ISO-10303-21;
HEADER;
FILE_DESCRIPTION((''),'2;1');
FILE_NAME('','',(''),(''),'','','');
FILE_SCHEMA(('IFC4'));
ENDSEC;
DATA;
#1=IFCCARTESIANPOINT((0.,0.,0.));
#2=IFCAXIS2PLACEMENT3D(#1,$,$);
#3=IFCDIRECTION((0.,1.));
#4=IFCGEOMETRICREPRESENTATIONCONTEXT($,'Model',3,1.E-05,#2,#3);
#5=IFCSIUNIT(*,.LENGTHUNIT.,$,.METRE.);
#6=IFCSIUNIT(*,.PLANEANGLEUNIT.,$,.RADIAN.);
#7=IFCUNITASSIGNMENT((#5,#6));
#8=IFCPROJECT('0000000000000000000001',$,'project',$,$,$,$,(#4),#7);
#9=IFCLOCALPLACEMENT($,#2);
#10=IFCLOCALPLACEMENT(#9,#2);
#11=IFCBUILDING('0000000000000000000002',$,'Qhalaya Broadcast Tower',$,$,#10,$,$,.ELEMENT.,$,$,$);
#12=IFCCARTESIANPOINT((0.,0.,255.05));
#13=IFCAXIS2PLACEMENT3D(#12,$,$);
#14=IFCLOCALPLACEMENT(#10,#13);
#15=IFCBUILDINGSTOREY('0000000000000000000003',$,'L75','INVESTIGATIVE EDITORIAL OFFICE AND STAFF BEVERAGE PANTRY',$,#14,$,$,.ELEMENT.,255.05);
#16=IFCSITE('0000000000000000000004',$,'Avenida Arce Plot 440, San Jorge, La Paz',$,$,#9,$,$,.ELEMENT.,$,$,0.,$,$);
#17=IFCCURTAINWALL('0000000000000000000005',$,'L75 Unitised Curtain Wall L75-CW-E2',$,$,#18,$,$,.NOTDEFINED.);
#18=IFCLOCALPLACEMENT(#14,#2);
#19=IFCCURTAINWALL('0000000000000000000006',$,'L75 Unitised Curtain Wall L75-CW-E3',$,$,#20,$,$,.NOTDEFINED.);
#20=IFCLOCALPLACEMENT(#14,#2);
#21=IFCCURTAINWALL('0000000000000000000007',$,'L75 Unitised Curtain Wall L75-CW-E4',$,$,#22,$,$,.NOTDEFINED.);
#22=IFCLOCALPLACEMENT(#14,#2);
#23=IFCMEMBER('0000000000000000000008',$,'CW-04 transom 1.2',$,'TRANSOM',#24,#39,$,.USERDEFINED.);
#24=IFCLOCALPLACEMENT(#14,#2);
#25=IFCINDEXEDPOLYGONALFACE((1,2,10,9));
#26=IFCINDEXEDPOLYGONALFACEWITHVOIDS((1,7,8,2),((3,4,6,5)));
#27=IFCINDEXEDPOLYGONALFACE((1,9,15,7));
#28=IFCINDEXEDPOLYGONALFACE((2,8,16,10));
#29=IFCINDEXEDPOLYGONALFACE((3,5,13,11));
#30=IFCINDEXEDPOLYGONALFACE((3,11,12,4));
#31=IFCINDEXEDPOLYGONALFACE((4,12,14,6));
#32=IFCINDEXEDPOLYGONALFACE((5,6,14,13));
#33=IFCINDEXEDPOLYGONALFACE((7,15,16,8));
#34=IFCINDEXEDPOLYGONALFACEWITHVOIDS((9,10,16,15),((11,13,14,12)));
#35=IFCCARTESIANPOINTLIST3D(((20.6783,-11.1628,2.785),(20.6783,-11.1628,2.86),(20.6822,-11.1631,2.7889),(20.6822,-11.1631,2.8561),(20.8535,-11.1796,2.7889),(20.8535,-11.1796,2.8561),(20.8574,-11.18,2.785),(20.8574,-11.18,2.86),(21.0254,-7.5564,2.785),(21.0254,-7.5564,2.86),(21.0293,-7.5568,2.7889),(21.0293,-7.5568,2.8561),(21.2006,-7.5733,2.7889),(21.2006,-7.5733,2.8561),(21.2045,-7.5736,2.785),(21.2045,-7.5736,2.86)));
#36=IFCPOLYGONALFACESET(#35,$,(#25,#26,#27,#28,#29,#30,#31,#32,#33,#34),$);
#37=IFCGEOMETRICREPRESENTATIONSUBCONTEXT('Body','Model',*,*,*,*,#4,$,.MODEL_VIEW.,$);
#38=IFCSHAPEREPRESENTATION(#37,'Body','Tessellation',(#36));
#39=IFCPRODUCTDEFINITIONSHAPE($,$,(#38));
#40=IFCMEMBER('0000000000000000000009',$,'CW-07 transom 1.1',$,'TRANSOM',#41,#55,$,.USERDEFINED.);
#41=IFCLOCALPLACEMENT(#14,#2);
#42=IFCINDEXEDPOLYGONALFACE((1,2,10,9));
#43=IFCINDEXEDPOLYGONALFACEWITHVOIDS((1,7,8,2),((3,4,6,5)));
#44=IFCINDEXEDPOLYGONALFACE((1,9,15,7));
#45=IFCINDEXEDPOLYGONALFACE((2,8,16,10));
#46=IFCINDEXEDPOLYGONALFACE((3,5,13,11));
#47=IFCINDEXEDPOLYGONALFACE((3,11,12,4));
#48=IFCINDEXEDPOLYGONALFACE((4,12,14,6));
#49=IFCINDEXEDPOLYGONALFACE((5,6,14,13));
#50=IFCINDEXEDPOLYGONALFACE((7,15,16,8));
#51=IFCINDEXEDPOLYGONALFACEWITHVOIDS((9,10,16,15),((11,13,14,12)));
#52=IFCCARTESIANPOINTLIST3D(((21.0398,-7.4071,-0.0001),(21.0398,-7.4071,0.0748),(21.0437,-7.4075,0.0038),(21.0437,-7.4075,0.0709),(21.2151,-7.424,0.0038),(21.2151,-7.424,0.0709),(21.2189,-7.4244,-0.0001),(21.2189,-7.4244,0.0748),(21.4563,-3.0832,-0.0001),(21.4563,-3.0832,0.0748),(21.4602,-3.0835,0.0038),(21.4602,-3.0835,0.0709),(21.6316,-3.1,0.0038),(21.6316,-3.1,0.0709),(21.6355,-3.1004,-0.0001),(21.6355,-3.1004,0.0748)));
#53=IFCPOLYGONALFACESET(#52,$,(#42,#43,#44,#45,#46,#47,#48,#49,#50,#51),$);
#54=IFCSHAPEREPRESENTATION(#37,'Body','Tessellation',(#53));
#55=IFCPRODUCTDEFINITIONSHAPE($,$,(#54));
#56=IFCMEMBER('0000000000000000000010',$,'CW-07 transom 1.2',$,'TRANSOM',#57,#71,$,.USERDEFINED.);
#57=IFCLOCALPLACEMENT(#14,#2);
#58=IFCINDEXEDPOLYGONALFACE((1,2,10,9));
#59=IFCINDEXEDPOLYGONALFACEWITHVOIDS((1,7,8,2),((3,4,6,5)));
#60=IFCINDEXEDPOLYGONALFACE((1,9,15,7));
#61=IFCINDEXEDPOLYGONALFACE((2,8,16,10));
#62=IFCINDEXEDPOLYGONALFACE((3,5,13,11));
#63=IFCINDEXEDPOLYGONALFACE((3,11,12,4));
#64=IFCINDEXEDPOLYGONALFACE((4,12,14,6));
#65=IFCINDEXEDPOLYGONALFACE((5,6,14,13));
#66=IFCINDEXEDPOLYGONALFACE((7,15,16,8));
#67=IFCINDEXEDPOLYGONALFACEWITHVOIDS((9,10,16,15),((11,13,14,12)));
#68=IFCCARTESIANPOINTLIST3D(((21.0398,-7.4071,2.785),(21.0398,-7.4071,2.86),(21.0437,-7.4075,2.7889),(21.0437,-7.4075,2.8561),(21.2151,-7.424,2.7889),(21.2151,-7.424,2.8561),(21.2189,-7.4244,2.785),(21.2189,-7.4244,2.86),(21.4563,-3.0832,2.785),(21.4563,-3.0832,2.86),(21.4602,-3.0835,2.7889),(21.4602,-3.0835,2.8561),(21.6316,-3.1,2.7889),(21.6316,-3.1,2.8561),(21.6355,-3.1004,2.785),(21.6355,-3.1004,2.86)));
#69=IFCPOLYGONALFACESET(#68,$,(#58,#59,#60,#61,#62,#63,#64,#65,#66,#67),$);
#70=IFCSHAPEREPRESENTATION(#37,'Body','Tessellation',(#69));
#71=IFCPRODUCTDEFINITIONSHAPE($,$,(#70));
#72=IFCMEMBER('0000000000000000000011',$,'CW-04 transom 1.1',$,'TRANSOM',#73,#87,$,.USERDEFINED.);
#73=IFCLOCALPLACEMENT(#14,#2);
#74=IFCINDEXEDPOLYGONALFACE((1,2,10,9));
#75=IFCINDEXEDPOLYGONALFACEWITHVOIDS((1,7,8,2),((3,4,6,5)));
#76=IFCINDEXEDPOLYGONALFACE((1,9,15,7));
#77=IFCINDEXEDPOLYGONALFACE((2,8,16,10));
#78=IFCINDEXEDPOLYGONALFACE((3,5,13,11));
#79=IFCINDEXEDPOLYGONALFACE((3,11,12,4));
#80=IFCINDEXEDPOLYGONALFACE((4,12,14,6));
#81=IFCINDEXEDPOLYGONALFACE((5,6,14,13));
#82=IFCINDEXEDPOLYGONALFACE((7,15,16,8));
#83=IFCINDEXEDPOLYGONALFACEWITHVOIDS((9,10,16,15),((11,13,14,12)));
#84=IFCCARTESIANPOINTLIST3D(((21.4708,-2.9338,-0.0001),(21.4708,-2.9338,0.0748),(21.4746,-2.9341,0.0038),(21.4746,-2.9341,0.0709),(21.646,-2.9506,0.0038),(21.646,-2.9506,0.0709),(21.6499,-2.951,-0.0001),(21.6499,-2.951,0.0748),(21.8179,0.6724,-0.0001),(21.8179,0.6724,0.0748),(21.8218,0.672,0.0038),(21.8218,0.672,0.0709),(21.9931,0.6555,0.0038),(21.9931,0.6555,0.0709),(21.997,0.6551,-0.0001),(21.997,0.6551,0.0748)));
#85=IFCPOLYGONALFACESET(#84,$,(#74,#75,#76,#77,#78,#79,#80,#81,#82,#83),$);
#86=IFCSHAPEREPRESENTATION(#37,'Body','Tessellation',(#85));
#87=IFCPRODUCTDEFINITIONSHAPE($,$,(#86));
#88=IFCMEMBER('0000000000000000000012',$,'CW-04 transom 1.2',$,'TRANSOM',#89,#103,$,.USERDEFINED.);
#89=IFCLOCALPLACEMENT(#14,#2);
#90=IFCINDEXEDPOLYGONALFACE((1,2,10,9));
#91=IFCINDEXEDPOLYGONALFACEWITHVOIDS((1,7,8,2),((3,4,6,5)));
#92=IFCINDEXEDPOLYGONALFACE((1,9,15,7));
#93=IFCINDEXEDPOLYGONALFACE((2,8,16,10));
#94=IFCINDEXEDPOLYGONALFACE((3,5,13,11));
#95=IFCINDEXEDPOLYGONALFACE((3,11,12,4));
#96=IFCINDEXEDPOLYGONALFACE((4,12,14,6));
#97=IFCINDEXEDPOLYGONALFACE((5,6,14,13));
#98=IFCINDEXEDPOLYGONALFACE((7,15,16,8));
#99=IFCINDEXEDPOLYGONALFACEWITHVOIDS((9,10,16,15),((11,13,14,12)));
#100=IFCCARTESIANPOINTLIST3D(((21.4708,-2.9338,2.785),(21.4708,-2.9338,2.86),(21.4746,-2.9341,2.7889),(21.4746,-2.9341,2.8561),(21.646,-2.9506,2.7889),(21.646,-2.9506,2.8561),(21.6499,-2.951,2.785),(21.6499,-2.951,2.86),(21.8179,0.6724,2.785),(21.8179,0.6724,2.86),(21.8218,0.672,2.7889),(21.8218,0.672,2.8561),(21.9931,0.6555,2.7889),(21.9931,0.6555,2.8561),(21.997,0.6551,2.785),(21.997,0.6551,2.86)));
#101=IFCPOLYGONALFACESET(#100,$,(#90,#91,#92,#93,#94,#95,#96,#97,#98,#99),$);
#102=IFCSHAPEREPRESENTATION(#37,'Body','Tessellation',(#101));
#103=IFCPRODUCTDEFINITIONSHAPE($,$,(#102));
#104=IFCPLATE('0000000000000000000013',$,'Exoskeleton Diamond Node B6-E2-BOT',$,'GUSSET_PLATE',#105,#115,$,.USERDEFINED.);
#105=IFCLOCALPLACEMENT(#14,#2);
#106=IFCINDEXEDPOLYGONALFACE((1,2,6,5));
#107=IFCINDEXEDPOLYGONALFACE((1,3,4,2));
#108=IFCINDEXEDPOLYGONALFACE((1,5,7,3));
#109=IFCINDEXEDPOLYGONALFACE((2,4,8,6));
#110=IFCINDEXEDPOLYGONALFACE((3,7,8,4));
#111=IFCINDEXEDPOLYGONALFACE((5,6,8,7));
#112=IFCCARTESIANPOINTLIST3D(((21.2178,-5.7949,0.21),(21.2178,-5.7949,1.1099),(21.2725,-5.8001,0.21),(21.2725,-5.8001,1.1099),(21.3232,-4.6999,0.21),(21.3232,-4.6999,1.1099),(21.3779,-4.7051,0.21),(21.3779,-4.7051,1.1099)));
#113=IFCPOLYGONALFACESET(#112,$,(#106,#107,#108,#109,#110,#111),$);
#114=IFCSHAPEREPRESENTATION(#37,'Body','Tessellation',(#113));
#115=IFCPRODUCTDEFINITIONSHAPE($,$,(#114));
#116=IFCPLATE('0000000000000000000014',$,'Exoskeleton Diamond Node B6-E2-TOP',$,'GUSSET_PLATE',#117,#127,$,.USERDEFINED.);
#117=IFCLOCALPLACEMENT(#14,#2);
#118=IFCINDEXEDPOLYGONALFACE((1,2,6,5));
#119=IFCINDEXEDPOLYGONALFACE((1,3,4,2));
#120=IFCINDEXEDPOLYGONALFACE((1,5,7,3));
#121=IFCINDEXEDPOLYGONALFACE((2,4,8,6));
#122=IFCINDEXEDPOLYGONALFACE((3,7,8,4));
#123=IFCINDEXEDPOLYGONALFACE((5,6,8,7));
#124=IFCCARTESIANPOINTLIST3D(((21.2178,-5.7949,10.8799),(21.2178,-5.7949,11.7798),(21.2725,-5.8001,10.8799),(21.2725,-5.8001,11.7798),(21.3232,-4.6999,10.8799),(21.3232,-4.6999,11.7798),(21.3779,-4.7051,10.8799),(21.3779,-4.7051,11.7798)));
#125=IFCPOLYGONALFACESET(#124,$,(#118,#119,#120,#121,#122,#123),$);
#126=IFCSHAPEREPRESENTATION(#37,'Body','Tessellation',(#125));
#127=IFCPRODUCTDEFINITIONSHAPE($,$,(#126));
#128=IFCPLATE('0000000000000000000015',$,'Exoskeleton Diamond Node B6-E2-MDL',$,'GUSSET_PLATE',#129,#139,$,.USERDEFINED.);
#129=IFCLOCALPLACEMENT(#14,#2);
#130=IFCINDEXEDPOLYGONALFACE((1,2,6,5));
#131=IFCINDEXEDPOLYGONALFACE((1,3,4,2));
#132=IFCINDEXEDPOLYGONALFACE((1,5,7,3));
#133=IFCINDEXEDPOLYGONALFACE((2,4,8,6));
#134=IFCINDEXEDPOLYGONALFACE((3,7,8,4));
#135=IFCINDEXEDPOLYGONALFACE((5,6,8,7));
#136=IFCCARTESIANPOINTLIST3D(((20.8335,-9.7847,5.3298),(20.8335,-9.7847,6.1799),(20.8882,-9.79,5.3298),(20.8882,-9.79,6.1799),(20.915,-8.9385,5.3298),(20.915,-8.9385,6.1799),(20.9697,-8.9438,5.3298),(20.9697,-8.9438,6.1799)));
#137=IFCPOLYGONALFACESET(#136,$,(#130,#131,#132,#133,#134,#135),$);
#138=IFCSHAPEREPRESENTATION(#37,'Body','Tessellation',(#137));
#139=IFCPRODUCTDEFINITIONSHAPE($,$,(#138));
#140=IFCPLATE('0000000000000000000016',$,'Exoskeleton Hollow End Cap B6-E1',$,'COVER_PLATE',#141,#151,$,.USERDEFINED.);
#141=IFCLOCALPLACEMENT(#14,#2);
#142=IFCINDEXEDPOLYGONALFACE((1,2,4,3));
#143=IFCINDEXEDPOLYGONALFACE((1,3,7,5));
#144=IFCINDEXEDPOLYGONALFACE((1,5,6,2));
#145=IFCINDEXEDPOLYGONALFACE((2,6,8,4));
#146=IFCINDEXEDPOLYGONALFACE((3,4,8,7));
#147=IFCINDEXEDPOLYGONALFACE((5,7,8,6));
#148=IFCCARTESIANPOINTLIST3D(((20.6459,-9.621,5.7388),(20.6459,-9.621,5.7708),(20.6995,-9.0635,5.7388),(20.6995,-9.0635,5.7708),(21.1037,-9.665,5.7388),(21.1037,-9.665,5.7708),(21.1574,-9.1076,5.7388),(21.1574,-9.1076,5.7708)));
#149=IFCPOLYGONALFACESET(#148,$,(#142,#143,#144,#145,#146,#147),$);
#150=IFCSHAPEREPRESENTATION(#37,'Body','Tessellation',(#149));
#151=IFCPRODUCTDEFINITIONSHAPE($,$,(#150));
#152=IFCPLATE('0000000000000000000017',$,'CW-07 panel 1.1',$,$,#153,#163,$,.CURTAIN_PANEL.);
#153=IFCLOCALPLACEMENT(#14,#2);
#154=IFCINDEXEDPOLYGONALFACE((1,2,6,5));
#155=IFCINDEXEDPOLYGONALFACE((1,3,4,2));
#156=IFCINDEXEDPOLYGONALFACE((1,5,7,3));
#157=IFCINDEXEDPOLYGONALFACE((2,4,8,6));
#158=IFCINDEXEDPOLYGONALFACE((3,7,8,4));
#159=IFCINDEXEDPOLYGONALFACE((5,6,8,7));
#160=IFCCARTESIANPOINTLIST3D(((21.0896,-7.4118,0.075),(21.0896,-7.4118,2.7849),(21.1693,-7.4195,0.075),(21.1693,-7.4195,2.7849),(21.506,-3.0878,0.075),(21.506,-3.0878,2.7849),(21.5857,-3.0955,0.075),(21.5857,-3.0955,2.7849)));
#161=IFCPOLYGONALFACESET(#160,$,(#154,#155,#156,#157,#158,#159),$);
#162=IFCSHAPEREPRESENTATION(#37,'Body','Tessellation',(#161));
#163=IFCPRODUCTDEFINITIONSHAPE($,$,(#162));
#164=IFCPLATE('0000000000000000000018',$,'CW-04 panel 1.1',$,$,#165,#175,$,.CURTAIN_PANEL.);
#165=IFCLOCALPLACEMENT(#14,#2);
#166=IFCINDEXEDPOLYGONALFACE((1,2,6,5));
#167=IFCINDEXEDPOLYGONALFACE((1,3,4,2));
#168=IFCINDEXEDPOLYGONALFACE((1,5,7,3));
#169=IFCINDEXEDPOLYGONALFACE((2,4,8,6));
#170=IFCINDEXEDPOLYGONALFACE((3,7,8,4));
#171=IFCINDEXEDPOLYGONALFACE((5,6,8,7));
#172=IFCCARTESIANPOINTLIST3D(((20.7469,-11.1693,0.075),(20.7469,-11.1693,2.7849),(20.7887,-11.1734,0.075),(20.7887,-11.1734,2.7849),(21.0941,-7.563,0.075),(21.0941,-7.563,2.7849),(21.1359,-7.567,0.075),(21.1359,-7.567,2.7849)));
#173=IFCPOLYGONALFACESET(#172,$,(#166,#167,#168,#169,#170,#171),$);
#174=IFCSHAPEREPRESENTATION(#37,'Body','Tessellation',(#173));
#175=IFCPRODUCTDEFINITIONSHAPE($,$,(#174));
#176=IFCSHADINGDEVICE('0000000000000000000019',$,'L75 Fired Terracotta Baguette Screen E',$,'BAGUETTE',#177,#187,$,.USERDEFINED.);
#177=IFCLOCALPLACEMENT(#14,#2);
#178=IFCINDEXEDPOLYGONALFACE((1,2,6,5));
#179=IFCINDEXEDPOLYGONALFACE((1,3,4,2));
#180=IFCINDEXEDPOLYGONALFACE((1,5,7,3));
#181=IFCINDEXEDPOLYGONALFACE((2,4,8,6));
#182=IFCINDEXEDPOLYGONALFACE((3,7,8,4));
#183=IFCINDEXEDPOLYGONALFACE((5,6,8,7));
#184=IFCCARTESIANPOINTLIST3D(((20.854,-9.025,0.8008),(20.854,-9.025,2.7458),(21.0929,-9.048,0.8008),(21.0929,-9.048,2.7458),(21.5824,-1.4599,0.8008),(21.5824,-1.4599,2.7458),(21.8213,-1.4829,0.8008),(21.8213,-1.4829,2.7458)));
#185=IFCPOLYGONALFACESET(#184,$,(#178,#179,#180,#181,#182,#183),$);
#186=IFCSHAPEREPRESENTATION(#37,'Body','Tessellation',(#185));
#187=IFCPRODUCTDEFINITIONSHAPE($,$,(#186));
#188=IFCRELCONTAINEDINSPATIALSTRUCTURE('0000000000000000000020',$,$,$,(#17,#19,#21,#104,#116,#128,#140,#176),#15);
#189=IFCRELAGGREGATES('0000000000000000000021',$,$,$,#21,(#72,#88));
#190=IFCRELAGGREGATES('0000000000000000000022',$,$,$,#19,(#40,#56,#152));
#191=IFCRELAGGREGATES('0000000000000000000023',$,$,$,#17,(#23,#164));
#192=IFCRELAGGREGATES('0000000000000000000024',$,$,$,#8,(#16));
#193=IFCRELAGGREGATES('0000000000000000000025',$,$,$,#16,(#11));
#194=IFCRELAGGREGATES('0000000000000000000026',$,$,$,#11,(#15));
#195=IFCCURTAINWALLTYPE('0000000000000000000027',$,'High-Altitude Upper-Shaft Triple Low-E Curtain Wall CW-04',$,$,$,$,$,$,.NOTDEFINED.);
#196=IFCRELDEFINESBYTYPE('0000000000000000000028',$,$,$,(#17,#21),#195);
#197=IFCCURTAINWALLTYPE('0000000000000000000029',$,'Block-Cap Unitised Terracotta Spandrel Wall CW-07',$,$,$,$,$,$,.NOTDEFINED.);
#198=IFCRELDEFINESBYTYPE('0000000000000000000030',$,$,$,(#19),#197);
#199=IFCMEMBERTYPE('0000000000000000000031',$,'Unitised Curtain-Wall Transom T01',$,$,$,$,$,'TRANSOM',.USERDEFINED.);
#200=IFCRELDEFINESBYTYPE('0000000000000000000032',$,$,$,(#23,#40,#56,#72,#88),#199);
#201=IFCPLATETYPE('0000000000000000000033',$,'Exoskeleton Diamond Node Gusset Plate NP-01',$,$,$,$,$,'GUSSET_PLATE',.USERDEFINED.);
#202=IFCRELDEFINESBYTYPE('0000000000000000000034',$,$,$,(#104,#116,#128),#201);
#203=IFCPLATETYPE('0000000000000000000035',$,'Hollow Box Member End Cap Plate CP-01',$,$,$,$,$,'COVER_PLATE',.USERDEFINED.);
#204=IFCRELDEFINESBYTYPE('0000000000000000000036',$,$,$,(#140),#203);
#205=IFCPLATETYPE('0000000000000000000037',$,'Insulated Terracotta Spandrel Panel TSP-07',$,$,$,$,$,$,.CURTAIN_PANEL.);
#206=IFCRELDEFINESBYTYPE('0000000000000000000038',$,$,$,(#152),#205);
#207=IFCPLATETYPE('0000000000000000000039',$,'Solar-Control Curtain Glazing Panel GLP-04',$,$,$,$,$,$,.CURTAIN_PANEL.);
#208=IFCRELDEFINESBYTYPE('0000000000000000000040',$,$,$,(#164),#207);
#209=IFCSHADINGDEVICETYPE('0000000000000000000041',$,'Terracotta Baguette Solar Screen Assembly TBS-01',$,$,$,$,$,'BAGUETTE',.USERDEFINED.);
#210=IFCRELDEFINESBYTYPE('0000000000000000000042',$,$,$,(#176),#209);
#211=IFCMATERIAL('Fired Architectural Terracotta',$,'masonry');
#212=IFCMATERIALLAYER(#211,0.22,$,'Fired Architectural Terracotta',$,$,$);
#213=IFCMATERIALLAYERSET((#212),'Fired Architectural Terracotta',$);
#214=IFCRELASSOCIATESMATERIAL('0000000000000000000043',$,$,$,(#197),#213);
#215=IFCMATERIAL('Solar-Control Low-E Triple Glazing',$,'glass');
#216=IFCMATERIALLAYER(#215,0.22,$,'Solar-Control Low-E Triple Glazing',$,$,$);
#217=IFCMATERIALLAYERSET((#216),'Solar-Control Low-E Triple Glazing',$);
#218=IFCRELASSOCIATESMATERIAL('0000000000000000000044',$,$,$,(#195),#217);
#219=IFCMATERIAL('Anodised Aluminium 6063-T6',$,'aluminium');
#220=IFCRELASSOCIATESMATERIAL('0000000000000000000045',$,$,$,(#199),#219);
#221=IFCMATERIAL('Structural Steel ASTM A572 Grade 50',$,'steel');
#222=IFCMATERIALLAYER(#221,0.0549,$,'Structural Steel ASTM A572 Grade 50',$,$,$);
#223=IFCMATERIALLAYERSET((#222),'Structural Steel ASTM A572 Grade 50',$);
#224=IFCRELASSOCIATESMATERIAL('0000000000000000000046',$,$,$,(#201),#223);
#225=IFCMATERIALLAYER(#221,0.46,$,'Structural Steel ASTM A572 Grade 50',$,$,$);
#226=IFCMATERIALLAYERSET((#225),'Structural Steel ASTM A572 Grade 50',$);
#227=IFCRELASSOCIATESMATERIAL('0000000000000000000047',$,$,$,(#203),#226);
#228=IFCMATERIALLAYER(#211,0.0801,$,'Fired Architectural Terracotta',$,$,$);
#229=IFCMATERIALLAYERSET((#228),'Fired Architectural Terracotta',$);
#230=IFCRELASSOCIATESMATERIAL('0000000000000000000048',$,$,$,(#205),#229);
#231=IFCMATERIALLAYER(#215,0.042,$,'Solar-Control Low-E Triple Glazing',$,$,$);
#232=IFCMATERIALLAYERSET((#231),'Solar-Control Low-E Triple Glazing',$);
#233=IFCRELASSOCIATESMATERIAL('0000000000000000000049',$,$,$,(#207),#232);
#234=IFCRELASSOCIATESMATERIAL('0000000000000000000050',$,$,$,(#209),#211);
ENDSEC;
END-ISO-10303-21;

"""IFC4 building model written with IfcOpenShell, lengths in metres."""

from ifc_helpers import new_model, si_unit, direction, frame, origin, origin_2d, place, context, subcontext, project, spatial, rectangle, hollow_rectangle, extrude, material, layer, layer_set, material_profile, profile_set, type_object, element, aggregate, save


model = new_model("IFC4")

# Units and contexts
model_context = context("Model", 3, precision=1e-05, world=origin(), true_north=direction((0.0, 1.0)))
body_context = subcontext(model_context, "Body", "Model", "MODEL_VIEW")
ifc_project = project(units=[si_unit("LENGTHUNIT", "METRE"), si_unit("PLANEANGLEUNIT", "RADIAN")], contexts=[model_context])

# Site, building, storey
site_placement = place(None, origin())
site = spatial("IfcSite", under=ifc_project, at=site_placement, Name="Avenida Arce Plot 440, San Jorge, La Paz", CompositionType="ELEMENT", RefElevation=0.0)
building_placement = place(site_placement, origin())
building = spatial("IfcBuilding", under=site, at=building_placement, Name="Qhalaya Broadcast Tower", CompositionType="ELEMENT")
storey_placement = place(building_placement, frame((0.0, 0.0, 255.05)))
storey = spatial("IfcBuildingStorey", under=building, at=storey_placement, Name="L75", Description="INVESTIGATIVE EDITORIAL OFFICE AND STAFF BEVERAGE PANTRY", CompositionType="ELEMENT", Elevation=255.05)

# Shared definitions
ifc_material_1 = material(Name="Structural Steel ASTM A572 Grade 50", Category="steel")

# Shared definitions
ifc_material_2 = material(Name="Fired Architectural Terracotta", Category="masonry")
ifc_layer_1 = layer(ifc_material_2, 0.22, Name="Fired Architectural Terracotta")
ifc_layer_set_1 = layer_set([ifc_layer_1], Name="Fired Architectural Terracotta")
curtain_wall_type_1 = type_object("IfcCurtainWallType", Name="Block-Cap Unitised Terracotta Spandrel Wall CW-07", PredefinedType="NOTDEFINED", material=ifc_layer_set_1)
ifc_material_3 = material(Name="Anodised Aluminium 6063-T6", Category="aluminium")

# Curtain walls
ifc_material_4 = material(Name="Solar-Control Low-E Triple Glazing", Category="glass")
ifc_layer_2 = layer(ifc_material_4, 0.22, Name="Solar-Control Low-E Triple Glazing")
ifc_layer_set_2 = layer_set([ifc_layer_2], Name="Solar-Control Low-E Triple Glazing")
curtain_wall_type_2 = type_object("IfcCurtainWallType", Name="High-Altitude Upper-Shaft Triple Low-E Curtain Wall CW-04", PredefinedType="NOTDEFINED", material=ifc_layer_set_2)
curtain_wall_1_placement = place(storey_placement, origin())
curtain_wall_1 = element("IfcCurtainWall", 1, at=curtain_wall_1_placement, inside=storey, type_object=curtain_wall_type_2, Name="L75 Unitised Curtain Wall L75-CW-E2", PredefinedType="NOTDEFINED")
curtain_wall_2_placement = place(storey_placement, origin())
curtain_wall_2 = element("IfcCurtainWall", 2, at=curtain_wall_2_placement, inside=storey, type_object=curtain_wall_type_1, Name="L75 Unitised Curtain Wall L75-CW-E3", PredefinedType="NOTDEFINED")

# Curtain wall
curtain_wall_3_placement = place(storey_placement, origin())
curtain_wall_3 = element("IfcCurtainWall", 3, at=curtain_wall_3_placement, inside=storey, type_object=curtain_wall_type_2, Name="L75 Unitised Curtain Wall L75-CW-E4", PredefinedType="NOTDEFINED")

# Members
ifc_material_profile_1 = material_profile(ifc_material_3, hollow_rectangle(XDim=0.075, YDim=0.1799, WallThickness=0.0039, at=origin_2d()), Name="ALU-TRN 75x180x4")
ifc_profile_set_1 = profile_set([ifc_material_profile_1], Name="Anodised Aluminium 6063-T6")
member_type_1 = type_object("IfcMemberType", Name="Unitised Curtain-Wall Transom T01", ElementType="TRANSOM", PredefinedType="USERDEFINED", material=ifc_profile_set_1)
member_1_placement = place(storey_placement, frame((20.7678, -11.1714, 2.8225), z_axis=(0.09582, 0.995399, 0.0), x_axis=(0.0, 0.0, 1.0)))
member_1 = element("IfcMember", 4, at=member_1_placement, type_object=member_type_1, Name="CW-04 transom 1.2", ObjectType="TRANSOM", PredefinedType="USERDEFINED", context=body_context, shape_type="SweptSolid", body=[
    extrude(hollow_rectangle(XDim=0.075, YDim=0.1799, WallThickness=0.0039, at=origin_2d()), origin(), (0.0, 0.0, 1.0), 3.623),
])
member_2_placement = place(storey_placement, frame((21.1294, -7.4158, 0.0374), z_axis=(0.095881, 0.995393, 0.0), x_axis=(0.0, 0.0, 1.0)))
member_2 = element("IfcMember", 5, at=member_2_placement, type_object=member_type_1, Name="CW-07 transom 1.1", ObjectType="TRANSOM", PredefinedType="USERDEFINED", context=body_context, shape_type="SweptSolid", body=[
    extrude(hollow_rectangle(XDim=0.075, YDim=0.1799, WallThickness=0.0039, at=origin_2d()), origin(), (0.0, 0.0, 1.0), 4.344),
])
member_3_placement = place(storey_placement, frame((21.1294, -7.4158, 2.8225), z_axis=(0.095881, 0.995393, 0.0), x_axis=(0.0, 0.0, 1.0)))
member_3 = element("IfcMember", 6, at=member_3_placement, type_object=member_type_1, Name="CW-07 transom 1.2", ObjectType="TRANSOM", PredefinedType="USERDEFINED", context=body_context, shape_type="SweptSolid", body=[
    extrude(hollow_rectangle(XDim=0.075, YDim=0.1799, WallThickness=0.0039, at=origin_2d()), origin(), (0.0, 0.0, 1.0), 4.344),
])
member_4_placement = place(storey_placement, frame((21.5603, -2.9424, 0.0374), z_axis=(0.095827, 0.995398, 0.0), x_axis=(0.0, 0.0, 1.0)))
member_4 = element("IfcMember", 7, at=member_4_placement, type_object=member_type_1, Name="CW-04 transom 1.1", ObjectType="TRANSOM", PredefinedType="USERDEFINED", context=body_context, shape_type="SweptSolid", body=[
    extrude(hollow_rectangle(XDim=0.075, YDim=0.1799, WallThickness=0.0039, at=origin_2d()), origin(), (0.0, 0.0, 1.0), 3.6228),
])
member_5_placement = place(storey_placement, frame((21.5603, -2.9424, 2.8225), z_axis=(0.095827, 0.995398, 0.0), x_axis=(0.0, 0.0, 1.0)))
member_5 = element("IfcMember", 8, at=member_5_placement, type_object=member_type_1, Name="CW-04 transom 1.2", ObjectType="TRANSOM", PredefinedType="USERDEFINED", context=body_context, shape_type="SweptSolid", body=[
    extrude(hollow_rectangle(XDim=0.075, YDim=0.1799, WallThickness=0.0039, at=origin_2d()), origin(), (0.0, 0.0, 1.0), 3.6228),
])
aggregate(curtain_wall_3, [member_4, member_5])

# Plates
ifc_layer_3 = layer(ifc_material_1, 0.0549, Name="Structural Steel ASTM A572 Grade 50")
ifc_layer_set_3 = layer_set([ifc_layer_3], Name="Structural Steel ASTM A572 Grade 50")
plate_type_1 = type_object("IfcPlateType", Name="Exoskeleton Diamond Node Gusset Plate NP-01", ElementType="GUSSET_PLATE", PredefinedType="USERDEFINED", material=ifc_layer_set_3)
for number, where, z_axis, x_axis, name in (
    (9, (21.2979, -5.25, 0.21), (0.0, 0.0, 1.0), (0.095846, 0.995396, 0.0), "Exoskeleton Diamond Node B6-E2-BOT"),
    (10, (21.2979, -5.25, 10.8799), (0.0, 0.0, 1.0), (0.095846, 0.995396, 0.0), "Exoskeleton Diamond Node B6-E2-TOP"),
):
    element("IfcPlate", number, at=place(storey_placement, frame(where, z_axis=z_axis, x_axis=x_axis)), inside=storey, type_object=plate_type_1, Name=name, ObjectType="GUSSET_PLATE", PredefinedType="USERDEFINED", context=body_context, shape_type="SweptSolid", body=[
        extrude(rectangle(XDim=1.1001, YDim=0.0549, at=origin_2d()), origin(), (0.0, 0.0, 1.0), 0.8999),
    ])
plate_1_placement = place(storey_placement, frame((20.9016, -9.3643, 5.3298), z_axis=(0.0, 0.0, 1.0), x_axis=(0.095846, 0.995396, 0.0)))
element("IfcPlate", 11, at=plate_1_placement, inside=storey, type_object=plate_type_1, Name="Exoskeleton Diamond Node B6-E2-MDL", ObjectType="GUSSET_PLATE", PredefinedType="USERDEFINED", context=body_context, shape_type="SweptSolid", body=[
    extrude(rectangle(XDim=0.8501, YDim=0.0549, at=origin_2d()), origin(), (0.0, 0.0, 1.0), 0.8501),
])
ifc_layer_4 = layer(ifc_material_1, 0.46, Name="Structural Steel ASTM A572 Grade 50")
ifc_layer_set_4 = layer_set([ifc_layer_4], Name="Structural Steel ASTM A572 Grade 50")
plate_type_2 = type_object("IfcPlateType", Name="Hollow Box Member End Cap Plate CP-01", ElementType="COVER_PLATE", PredefinedType="USERDEFINED", material=ifc_layer_set_4)
plate_2_placement = place(storey_placement, frame((20.9016, -9.3643, 5.7388), z_axis=(0.0, 0.0, 1.0), x_axis=(0.095846, 0.995396, 0.0)))
element("IfcPlate", 12, at=plate_2_placement, inside=storey, type_object=plate_type_2, Name="Exoskeleton Hollow End Cap B6-E1", ObjectType="COVER_PLATE", PredefinedType="USERDEFINED", context=body_context, shape_type="SweptSolid", body=[
    extrude(rectangle(XDim=0.5601, YDim=0.46, at=origin_2d()), origin(), (0.0, 0.0, 1.0), 0.032),
])

# Plates
ifc_layer_5 = layer(ifc_material_2, 0.0801, Name="Fired Architectural Terracotta")
ifc_layer_set_5 = layer_set([ifc_layer_5], Name="Fired Architectural Terracotta")
plate_type_3 = type_object("IfcPlateType", Name="Insulated Terracotta Spandrel Panel TSP-07", PredefinedType="CURTAIN_PANEL", material=ifc_layer_set_5)
plate_3_placement = place(storey_placement, frame((21.3376, -5.2537, 0.075), z_axis=(0.0, 0.0, 1.0), x_axis=(0.095861, 0.995395, 0.0)))
plate_3 = element("IfcPlate", 13, at=plate_3_placement, type_object=plate_type_3, Name="CW-07 panel 1.1", PredefinedType="CURTAIN_PANEL", context=body_context, shape_type="SweptSolid", body=[
    extrude(rectangle(XDim=4.344, YDim=0.0801, at=origin_2d()), origin(), (0.0, 0.0, 1.0), 2.71),
])
aggregate(curtain_wall_2, [member_2, member_3, plate_3])
ifc_layer_6 = layer(ifc_material_4, 0.042, Name="Solar-Control Low-E Triple Glazing")
ifc_layer_set_6 = layer_set([ifc_layer_6], Name="Solar-Control Low-E Triple Glazing")
plate_type_4 = type_object("IfcPlateType", Name="Solar-Control Curtain Glazing Panel GLP-04", PredefinedType="CURTAIN_PANEL", material=ifc_layer_set_6)
plate_4_placement = place(storey_placement, frame((20.9414, -9.3682, 0.075), z_axis=(0.0, 0.0, 1.0), x_axis=(0.09584, 0.995397, 0.0)))
plate_4 = element("IfcPlate", 14, at=plate_4_placement, type_object=plate_type_4, Name="CW-04 panel 1.1", PredefinedType="CURTAIN_PANEL", context=body_context, shape_type="SweptSolid", body=[
    extrude(rectangle(XDim=3.623, YDim=0.042, at=origin_2d()), origin(), (0.0, 0.0, 1.0), 2.71),
])
aggregate(curtain_wall_1, [member_1, plate_4])

# Shading device
shading_device_type = type_object("IfcShadingDeviceType", Name="Terracotta Baguette Solar Screen Assembly TBS-01", ElementType="BAGUETTE", PredefinedType="USERDEFINED", material=ifc_material_2)
shading_device_placement = place(storey_placement, frame((21.3376, -5.2539, 0.8008), z_axis=(0.0, 0.0, 1.0), x_axis=(0.095846, 0.995396, 0.0)))
element("IfcShadingDevice", 15, at=shading_device_placement, inside=storey, type_object=shading_device_type, Name="L75 Fired Terracotta Baguette Screen E", ObjectType="BAGUETTE", PredefinedType="USERDEFINED", context=body_context, shape_type="SweptSolid", body=[
    extrude(rectangle(XDim=7.6001, YDim=0.24, at=origin_2d()), origin(), (0.0, 0.0, 1.0), 1.9451),
])

save(model, "model.ifc")
